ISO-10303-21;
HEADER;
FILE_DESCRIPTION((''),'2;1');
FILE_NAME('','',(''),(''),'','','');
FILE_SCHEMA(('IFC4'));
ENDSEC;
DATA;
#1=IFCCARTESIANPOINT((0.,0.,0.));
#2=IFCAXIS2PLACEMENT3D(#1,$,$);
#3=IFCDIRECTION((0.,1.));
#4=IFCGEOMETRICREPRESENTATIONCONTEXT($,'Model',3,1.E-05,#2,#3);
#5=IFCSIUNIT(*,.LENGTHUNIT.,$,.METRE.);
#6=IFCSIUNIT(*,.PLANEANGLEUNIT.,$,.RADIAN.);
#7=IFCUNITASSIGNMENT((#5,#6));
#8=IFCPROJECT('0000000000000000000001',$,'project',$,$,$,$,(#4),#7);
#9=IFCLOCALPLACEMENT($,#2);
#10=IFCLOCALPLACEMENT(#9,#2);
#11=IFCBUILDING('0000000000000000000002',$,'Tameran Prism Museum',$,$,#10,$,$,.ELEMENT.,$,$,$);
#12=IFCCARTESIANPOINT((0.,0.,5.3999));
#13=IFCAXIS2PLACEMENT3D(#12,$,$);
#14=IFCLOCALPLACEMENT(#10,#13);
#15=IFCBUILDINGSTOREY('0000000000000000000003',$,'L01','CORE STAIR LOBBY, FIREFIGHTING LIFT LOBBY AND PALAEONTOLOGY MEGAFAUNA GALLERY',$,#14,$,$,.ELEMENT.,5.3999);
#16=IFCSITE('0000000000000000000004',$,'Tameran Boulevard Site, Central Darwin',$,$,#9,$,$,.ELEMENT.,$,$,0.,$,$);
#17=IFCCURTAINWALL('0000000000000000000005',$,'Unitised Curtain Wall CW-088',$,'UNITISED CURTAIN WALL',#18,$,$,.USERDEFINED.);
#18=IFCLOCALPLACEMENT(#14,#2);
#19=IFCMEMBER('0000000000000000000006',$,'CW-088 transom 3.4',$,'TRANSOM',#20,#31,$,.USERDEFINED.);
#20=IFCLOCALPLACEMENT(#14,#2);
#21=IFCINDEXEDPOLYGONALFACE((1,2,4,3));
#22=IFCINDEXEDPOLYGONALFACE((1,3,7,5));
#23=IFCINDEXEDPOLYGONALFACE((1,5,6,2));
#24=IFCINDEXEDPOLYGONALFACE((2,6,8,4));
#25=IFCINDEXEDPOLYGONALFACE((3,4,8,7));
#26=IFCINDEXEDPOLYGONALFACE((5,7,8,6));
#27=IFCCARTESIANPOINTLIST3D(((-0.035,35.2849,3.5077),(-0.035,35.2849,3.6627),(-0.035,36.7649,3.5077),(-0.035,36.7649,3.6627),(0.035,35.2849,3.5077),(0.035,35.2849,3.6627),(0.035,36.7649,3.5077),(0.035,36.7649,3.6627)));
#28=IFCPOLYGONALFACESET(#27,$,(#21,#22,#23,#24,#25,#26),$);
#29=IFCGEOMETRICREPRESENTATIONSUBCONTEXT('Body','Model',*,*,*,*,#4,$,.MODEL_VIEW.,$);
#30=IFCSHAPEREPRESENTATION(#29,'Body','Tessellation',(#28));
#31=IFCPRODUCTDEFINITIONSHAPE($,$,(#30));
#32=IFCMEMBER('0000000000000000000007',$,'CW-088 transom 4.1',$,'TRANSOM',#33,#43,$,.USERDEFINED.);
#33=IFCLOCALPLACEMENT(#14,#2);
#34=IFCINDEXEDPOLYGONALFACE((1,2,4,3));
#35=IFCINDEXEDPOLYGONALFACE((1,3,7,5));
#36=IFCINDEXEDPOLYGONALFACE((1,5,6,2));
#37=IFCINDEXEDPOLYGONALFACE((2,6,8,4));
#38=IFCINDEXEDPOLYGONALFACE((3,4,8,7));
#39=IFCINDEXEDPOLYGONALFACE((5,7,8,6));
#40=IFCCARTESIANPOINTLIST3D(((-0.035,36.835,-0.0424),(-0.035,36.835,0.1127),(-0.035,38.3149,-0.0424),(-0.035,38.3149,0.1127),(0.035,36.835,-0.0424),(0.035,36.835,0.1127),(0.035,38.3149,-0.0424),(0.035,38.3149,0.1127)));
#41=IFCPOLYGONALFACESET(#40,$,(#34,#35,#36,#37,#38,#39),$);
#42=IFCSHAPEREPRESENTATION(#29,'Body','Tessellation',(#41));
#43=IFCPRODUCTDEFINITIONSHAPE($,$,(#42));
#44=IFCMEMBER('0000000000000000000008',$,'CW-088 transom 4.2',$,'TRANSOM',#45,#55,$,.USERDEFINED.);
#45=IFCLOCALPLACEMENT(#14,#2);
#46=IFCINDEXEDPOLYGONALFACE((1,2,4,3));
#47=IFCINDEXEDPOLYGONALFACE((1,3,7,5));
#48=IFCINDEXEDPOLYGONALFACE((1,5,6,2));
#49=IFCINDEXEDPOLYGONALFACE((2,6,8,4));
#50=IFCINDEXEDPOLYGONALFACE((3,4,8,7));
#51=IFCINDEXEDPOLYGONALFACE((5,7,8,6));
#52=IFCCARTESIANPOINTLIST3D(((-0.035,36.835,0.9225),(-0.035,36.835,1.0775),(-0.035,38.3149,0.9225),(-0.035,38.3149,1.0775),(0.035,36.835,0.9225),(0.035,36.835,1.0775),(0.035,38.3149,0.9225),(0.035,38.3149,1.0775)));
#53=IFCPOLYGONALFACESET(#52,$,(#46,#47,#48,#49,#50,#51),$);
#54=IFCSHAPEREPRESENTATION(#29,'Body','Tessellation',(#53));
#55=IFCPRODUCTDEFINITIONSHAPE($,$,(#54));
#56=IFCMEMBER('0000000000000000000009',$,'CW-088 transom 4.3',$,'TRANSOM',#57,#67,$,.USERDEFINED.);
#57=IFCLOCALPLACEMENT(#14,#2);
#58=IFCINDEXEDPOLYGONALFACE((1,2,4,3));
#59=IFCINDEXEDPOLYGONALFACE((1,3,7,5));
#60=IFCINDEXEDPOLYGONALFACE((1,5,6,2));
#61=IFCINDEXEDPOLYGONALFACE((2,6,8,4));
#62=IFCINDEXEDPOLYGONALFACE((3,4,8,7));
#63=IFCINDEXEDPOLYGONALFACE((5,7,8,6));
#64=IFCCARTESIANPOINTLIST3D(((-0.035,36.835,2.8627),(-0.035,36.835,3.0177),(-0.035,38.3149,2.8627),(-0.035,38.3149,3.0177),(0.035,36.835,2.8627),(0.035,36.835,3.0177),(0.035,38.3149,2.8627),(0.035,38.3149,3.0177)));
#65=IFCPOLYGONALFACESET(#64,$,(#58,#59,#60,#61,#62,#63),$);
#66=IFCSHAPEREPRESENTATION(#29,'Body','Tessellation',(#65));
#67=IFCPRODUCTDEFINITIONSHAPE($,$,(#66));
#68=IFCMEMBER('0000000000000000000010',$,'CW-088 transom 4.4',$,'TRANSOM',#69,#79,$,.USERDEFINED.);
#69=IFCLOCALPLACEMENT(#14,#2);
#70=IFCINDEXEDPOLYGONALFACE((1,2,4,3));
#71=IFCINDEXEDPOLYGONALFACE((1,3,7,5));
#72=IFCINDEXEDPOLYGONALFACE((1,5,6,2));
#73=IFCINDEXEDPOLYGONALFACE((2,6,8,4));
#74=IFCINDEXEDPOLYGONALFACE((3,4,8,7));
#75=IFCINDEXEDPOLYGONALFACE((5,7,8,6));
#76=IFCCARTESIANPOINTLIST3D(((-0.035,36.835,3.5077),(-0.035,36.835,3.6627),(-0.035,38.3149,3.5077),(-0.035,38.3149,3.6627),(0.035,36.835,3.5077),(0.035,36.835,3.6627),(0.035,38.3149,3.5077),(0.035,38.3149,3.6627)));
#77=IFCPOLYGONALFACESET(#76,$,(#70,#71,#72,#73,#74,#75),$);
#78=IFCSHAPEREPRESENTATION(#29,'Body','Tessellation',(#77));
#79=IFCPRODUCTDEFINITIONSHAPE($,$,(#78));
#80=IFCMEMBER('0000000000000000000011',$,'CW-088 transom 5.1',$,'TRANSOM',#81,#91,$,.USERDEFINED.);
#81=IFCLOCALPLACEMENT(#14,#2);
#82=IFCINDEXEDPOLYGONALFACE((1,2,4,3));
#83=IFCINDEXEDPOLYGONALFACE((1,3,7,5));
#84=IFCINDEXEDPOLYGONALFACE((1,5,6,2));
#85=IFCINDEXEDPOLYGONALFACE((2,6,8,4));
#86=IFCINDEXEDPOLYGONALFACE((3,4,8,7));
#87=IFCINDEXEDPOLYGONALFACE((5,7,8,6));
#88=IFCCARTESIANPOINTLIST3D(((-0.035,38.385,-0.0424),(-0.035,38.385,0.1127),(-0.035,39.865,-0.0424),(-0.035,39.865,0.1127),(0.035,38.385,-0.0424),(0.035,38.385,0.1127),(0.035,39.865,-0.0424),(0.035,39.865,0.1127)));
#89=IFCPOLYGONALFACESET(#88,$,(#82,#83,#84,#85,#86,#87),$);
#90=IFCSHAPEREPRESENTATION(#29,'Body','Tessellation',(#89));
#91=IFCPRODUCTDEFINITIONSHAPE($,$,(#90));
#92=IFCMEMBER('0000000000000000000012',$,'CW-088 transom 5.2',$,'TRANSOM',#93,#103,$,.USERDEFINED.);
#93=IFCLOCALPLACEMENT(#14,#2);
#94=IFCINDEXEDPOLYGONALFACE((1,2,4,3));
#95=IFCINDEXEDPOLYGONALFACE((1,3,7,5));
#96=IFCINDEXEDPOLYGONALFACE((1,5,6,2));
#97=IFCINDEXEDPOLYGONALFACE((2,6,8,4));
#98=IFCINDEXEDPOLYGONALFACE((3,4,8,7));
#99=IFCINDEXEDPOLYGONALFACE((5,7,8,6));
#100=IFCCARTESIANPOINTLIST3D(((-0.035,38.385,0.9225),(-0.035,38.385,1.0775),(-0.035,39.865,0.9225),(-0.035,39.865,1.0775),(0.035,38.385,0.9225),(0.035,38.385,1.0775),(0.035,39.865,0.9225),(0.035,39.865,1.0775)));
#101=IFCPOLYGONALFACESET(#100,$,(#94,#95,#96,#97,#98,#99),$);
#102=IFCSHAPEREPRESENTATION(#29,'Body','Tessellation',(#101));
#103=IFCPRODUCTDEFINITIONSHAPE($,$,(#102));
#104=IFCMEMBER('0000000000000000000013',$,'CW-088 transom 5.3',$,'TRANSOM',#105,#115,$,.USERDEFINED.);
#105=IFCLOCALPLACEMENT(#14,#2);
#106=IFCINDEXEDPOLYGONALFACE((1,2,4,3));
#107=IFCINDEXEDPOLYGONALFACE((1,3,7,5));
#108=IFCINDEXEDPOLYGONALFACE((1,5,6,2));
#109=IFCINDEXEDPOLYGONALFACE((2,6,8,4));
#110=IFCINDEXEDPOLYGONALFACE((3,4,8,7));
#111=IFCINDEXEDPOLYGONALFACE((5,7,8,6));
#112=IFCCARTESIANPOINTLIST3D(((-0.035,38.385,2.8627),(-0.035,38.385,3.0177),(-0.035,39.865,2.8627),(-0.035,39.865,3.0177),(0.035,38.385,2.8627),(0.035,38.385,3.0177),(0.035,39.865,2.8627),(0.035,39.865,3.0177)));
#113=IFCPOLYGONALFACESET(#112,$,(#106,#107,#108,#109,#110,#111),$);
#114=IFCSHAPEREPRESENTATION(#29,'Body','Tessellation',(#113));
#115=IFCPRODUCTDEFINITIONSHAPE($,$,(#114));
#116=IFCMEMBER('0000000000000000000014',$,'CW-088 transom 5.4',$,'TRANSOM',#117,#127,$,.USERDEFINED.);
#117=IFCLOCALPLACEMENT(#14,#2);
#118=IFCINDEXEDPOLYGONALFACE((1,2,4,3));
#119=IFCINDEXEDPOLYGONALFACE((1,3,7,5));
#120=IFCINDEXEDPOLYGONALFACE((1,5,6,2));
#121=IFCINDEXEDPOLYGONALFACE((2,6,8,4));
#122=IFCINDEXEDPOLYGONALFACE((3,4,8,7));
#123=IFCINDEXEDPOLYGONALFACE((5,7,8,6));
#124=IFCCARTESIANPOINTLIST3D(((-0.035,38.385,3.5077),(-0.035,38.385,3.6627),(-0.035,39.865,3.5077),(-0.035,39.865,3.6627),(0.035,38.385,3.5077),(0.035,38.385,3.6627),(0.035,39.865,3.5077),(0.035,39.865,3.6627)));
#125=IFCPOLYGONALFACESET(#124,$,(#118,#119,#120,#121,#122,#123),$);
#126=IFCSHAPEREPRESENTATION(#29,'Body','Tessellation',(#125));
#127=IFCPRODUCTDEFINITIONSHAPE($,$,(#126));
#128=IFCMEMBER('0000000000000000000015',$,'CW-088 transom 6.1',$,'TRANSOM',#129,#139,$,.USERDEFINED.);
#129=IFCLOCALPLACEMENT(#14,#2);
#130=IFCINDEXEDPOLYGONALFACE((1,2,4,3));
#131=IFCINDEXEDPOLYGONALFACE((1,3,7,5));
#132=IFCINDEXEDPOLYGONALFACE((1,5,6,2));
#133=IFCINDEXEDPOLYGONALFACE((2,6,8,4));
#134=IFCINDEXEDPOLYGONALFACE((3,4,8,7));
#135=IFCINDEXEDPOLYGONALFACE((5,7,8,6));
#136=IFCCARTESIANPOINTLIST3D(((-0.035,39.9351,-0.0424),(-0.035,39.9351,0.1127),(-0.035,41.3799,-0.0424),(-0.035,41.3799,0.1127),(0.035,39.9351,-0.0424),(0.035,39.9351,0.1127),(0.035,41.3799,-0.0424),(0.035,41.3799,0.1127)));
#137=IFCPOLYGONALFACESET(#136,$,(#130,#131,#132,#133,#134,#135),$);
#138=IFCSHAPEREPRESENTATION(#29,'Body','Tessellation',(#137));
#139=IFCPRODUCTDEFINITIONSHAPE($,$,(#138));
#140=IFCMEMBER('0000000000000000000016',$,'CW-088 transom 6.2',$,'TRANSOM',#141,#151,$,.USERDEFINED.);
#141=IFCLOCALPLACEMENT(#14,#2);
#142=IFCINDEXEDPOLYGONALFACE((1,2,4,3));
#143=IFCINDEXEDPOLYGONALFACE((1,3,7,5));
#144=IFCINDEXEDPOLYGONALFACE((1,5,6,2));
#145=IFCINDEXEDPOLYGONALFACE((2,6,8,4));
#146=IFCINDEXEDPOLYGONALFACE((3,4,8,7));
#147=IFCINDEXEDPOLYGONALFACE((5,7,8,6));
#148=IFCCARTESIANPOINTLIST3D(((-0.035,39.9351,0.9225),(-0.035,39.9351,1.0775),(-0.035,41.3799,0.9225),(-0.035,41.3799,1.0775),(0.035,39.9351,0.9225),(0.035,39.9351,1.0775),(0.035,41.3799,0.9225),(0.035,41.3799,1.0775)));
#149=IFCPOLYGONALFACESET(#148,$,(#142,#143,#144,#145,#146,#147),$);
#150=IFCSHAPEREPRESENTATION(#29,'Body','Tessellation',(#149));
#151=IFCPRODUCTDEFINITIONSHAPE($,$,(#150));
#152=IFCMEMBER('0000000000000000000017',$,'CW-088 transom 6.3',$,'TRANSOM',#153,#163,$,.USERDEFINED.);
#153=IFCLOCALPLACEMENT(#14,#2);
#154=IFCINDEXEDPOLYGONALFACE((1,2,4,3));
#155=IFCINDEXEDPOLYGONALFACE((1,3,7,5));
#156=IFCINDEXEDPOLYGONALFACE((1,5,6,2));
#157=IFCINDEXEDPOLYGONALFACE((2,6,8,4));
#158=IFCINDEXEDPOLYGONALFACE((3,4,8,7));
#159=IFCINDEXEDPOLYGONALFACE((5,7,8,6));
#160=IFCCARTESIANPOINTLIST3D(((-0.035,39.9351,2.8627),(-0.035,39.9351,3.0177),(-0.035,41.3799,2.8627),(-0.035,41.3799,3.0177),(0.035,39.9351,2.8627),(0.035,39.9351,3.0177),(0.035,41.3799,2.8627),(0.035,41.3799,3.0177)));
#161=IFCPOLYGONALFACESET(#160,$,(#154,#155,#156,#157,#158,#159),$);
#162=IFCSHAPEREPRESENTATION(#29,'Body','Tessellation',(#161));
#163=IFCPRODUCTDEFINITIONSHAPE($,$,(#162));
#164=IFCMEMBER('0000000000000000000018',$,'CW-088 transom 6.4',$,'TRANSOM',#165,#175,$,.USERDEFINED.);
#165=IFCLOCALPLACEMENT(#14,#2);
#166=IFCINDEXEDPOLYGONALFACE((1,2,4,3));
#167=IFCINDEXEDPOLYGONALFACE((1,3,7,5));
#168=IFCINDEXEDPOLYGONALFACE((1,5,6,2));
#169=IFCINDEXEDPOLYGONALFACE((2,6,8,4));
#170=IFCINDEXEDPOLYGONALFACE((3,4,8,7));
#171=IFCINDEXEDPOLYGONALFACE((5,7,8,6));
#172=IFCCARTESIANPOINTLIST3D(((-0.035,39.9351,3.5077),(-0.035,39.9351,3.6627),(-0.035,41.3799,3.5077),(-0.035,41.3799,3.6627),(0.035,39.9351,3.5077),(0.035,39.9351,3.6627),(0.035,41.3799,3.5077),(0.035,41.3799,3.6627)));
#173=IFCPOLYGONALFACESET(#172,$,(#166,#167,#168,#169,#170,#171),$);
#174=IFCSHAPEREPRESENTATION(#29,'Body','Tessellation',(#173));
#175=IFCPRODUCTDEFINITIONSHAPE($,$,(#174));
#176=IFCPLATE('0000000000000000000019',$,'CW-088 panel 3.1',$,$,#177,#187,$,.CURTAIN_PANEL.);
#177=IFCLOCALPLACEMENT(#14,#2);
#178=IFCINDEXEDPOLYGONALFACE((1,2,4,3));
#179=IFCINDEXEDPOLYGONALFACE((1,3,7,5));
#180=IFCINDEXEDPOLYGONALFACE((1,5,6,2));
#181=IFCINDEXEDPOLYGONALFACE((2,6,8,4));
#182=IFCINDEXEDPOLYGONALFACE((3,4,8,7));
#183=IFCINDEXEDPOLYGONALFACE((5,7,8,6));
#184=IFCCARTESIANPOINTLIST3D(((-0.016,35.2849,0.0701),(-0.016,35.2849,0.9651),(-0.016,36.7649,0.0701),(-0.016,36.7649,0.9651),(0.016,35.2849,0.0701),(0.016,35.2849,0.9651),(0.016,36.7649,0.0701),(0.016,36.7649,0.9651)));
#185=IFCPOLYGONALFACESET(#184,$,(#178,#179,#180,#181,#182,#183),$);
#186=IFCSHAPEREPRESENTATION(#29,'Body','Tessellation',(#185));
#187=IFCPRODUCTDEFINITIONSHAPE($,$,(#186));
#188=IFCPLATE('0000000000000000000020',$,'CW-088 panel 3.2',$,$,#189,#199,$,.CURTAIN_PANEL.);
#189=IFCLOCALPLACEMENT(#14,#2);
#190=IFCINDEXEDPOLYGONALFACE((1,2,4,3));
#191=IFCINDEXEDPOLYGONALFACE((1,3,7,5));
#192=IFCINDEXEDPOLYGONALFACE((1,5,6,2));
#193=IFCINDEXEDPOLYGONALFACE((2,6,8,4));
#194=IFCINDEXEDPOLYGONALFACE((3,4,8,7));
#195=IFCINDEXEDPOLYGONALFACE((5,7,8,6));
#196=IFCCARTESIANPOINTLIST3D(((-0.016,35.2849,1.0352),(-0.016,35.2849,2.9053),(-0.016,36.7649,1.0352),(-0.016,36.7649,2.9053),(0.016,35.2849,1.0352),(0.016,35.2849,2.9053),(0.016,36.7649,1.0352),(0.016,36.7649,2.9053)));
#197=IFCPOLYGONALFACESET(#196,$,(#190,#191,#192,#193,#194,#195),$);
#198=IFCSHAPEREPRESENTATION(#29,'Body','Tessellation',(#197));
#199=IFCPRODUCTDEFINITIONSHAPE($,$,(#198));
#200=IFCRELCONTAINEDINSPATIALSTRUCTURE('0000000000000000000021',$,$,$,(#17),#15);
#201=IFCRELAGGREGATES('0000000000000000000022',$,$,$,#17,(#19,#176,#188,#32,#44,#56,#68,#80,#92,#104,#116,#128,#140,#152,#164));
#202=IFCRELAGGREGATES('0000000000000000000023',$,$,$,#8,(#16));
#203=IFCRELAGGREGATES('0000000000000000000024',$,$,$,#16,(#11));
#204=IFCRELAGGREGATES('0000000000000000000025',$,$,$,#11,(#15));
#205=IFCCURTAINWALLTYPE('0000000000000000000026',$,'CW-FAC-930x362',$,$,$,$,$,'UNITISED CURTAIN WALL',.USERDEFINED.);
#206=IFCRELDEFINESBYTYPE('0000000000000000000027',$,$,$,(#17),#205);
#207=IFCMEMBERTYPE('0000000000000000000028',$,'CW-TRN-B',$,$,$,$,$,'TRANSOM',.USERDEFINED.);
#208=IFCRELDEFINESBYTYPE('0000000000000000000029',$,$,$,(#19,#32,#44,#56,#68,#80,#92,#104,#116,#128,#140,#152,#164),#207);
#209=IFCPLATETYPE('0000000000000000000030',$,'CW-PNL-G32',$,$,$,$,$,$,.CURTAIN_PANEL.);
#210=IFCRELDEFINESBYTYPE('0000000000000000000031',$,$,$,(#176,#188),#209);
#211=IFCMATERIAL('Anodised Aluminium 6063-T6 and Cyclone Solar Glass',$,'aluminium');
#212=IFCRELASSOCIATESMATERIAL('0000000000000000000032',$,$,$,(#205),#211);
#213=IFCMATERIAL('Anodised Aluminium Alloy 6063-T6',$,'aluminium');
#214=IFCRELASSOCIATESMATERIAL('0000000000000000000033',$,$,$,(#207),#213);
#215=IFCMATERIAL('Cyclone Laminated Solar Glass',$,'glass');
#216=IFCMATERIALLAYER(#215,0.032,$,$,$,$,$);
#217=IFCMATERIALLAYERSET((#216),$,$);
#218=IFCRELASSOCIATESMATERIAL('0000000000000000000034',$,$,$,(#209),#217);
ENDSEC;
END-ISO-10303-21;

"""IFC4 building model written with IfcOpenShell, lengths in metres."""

from ifc_helpers import new_model, si_unit, direction, frame, origin, origin_2d, place, context, subcontext, project, spatial, rectangle, extrude, material, layer, layer_set, material_profile, profile_set, type_object, element, aggregate, save


model = new_model("IFC4")

# Units and contexts
model_context = context("Model", 3, precision=1e-05, world=origin(), true_north=direction((0.0, 1.0)))
body_context = subcontext(model_context, "Body", "Model", "MODEL_VIEW")
ifc_project = project(units=[si_unit("LENGTHUNIT", "METRE"), si_unit("PLANEANGLEUNIT", "RADIAN")], contexts=[model_context])

# Site, building, storey
site_placement = place(None, origin())
site = spatial("IfcSite", under=ifc_project, at=site_placement, Name="Tameran Boulevard Site, Central Darwin", CompositionType="ELEMENT", RefElevation=0.0)
building_placement = place(site_placement, origin())
building = spatial("IfcBuilding", under=site, at=building_placement, Name="Tameran Prism Museum", CompositionType="ELEMENT")
storey_placement = place(building_placement, frame((0.0, 0.0, 5.3999)))
storey = spatial("IfcBuildingStorey", under=building, at=storey_placement, Name="L01", Description="CORE STAIR LOBBY, FIREFIGHTING LIFT LOBBY AND PALAEONTOLOGY MEGAFAUNA GALLERY", CompositionType="ELEMENT", Elevation=5.3999)

# Curtain wall, members, plates
ifc_material_1 = material(Name="Anodised Aluminium 6063-T6 and Cyclone Solar Glass", Category="aluminium")
curtain_wall_type = type_object("IfcCurtainWallType", Name="CW-FAC-930x362", ElementType="UNITISED CURTAIN WALL", PredefinedType="USERDEFINED", material=ifc_material_1)
curtain_wall_placement = place(storey_placement, origin())
curtain_wall = element("IfcCurtainWall", 1, at=curtain_wall_placement, inside=storey, type_object=curtain_wall_type, Name="Unitised Curtain Wall CW-088", ObjectType="UNITISED CURTAIN WALL", PredefinedType="USERDEFINED")
ifc_material_2 = material(Name="Anodised Aluminium Alloy 6063-T6", Category="aluminium")
ifc_material_profile_1 = material_profile(ifc_material_2, rectangle(XDim=0.0701, YDim=0.155, at=origin_2d()))
ifc_profile_set_1 = profile_set([ifc_material_profile_1])
member_type_1 = type_object("IfcMemberType", Name="CW-TRN-B", ElementType="TRANSOM", PredefinedType="USERDEFINED", material=ifc_profile_set_1)
member_1_placement = place(storey_placement, frame((0.0, 35.2849, 3.5852), z_axis=(0.0, 1.0, 0.0), x_axis=(-1.0, 0.0, 0.0)))
member_1 = element("IfcMember", 2, at=member_1_placement, type_object=member_type_1, Name="CW-088 transom 3.4", ObjectType="TRANSOM", PredefinedType="USERDEFINED", context=body_context, shape_type="SweptSolid", body=[
    extrude(rectangle(XDim=0.0701, YDim=0.155, at=origin_2d()), origin(), (0.0, 0.0, 1.0), 1.48),
])
member_2_placement = place(storey_placement, frame((0.0, 36.835, 0.0352), z_axis=(0.0, 1.0, 0.0), x_axis=(-1.0, 0.0, 0.0)))
member_2 = element("IfcMember", 3, at=member_2_placement, type_object=member_type_1, Name="CW-088 transom 4.1", ObjectType="TRANSOM", PredefinedType="USERDEFINED", context=body_context, shape_type="SweptSolid", body=[
    extrude(rectangle(XDim=0.0701, YDim=0.155, at=origin_2d()), origin(), (0.0, 0.0, 1.0), 1.48),
])
member_3_placement = place(storey_placement, frame((0.0, 36.835, 1.0), z_axis=(0.0, 1.0, 0.0), x_axis=(-1.0, 0.0, 0.0)))
member_3 = element("IfcMember", 4, at=member_3_placement, type_object=member_type_1, Name="CW-088 transom 4.2", ObjectType="TRANSOM", PredefinedType="USERDEFINED", context=body_context, shape_type="SweptSolid", body=[
    extrude(rectangle(XDim=0.0701, YDim=0.155, at=origin_2d()), origin(), (0.0, 0.0, 1.0), 1.48),
])
member_4_placement = place(storey_placement, frame((0.0, 36.835, 2.9402), z_axis=(0.0, 1.0, 0.0), x_axis=(-1.0, 0.0, 0.0)))
member_4 = element("IfcMember", 5, at=member_4_placement, type_object=member_type_1, Name="CW-088 transom 4.3", ObjectType="TRANSOM", PredefinedType="USERDEFINED", context=body_context, shape_type="SweptSolid", body=[
    extrude(rectangle(XDim=0.0701, YDim=0.155, at=origin_2d()), origin(), (0.0, 0.0, 1.0), 1.48),
])
member_5_placement = place(storey_placement, frame((0.0, 36.835, 3.5852), z_axis=(0.0, 1.0, 0.0), x_axis=(-1.0, 0.0, 0.0)))
member_5 = element("IfcMember", 6, at=member_5_placement, type_object=member_type_1, Name="CW-088 transom 4.4", ObjectType="TRANSOM", PredefinedType="USERDEFINED", context=body_context, shape_type="SweptSolid", body=[
    extrude(rectangle(XDim=0.0701, YDim=0.155, at=origin_2d()), origin(), (0.0, 0.0, 1.0), 1.48),
])
member_6_placement = place(storey_placement, frame((0.0, 38.385, 0.0352), z_axis=(0.0, 1.0, 0.0), x_axis=(-1.0, 0.0, 0.0)))
member_6 = element("IfcMember", 7, at=member_6_placement, type_object=member_type_1, Name="CW-088 transom 5.1", ObjectType="TRANSOM", PredefinedType="USERDEFINED", context=body_context, shape_type="SweptSolid", body=[
    extrude(rectangle(XDim=0.0701, YDim=0.155, at=origin_2d()), origin(), (0.0, 0.0, 1.0), 1.48),
])
member_7_placement = place(storey_placement, frame((0.0, 38.385, 1.0), z_axis=(0.0, 1.0, 0.0), x_axis=(-1.0, 0.0, 0.0)))
member_7 = element("IfcMember", 8, at=member_7_placement, type_object=member_type_1, Name="CW-088 transom 5.2", ObjectType="TRANSOM", PredefinedType="USERDEFINED", context=body_context, shape_type="SweptSolid", body=[
    extrude(rectangle(XDim=0.0701, YDim=0.155, at=origin_2d()), origin(), (0.0, 0.0, 1.0), 1.48),
])
member_8_placement = place(storey_placement, frame((0.0, 38.385, 2.9402), z_axis=(0.0, 1.0, 0.0), x_axis=(-1.0, 0.0, 0.0)))
member_8 = element("IfcMember", 9, at=member_8_placement, type_object=member_type_1, Name="CW-088 transom 5.3", ObjectType="TRANSOM", PredefinedType="USERDEFINED", context=body_context, shape_type="SweptSolid", body=[
    extrude(rectangle(XDim=0.0701, YDim=0.155, at=origin_2d()), origin(), (0.0, 0.0, 1.0), 1.48),
])
member_9_placement = place(storey_placement, frame((0.0, 38.385, 3.5852), z_axis=(0.0, 1.0, 0.0), x_axis=(-1.0, 0.0, 0.0)))
member_9 = element("IfcMember", 10, at=member_9_placement, type_object=member_type_1, Name="CW-088 transom 5.4", ObjectType="TRANSOM", PredefinedType="USERDEFINED", context=body_context, shape_type="SweptSolid", body=[
    extrude(rectangle(XDim=0.0701, YDim=0.155, at=origin_2d()), origin(), (0.0, 0.0, 1.0), 1.48),
])
member_10_placement = place(storey_placement, frame((0.0, 39.9351, 0.0352), z_axis=(0.0, 1.0, 0.0), x_axis=(-1.0, 0.0, 0.0)))
member_10 = element("IfcMember", 11, at=member_10_placement, type_object=member_type_1, Name="CW-088 transom 6.1", ObjectType="TRANSOM", PredefinedType="USERDEFINED", context=body_context, shape_type="SweptSolid", body=[
    extrude(rectangle(XDim=0.0701, YDim=0.155, at=origin_2d()), origin(), (0.0, 0.0, 1.0), 1.4448),
])
member_11_placement = place(storey_placement, frame((0.0, 39.9351, 1.0), z_axis=(0.0, 1.0, 0.0), x_axis=(-1.0, 0.0, 0.0)))
member_11 = element("IfcMember", 12, at=member_11_placement, type_object=member_type_1, Name="CW-088 transom 6.2", ObjectType="TRANSOM", PredefinedType="USERDEFINED", context=body_context, shape_type="SweptSolid", body=[
    extrude(rectangle(XDim=0.0701, YDim=0.155, at=origin_2d()), origin(), (0.0, 0.0, 1.0), 1.4448),
])
member_12_placement = place(storey_placement, frame((0.0, 39.9351, 2.9402), z_axis=(0.0, 1.0, 0.0), x_axis=(-1.0, 0.0, 0.0)))
member_12 = element("IfcMember", 13, at=member_12_placement, type_object=member_type_1, Name="CW-088 transom 6.3", ObjectType="TRANSOM", PredefinedType="USERDEFINED", context=body_context, shape_type="SweptSolid", body=[
    extrude(rectangle(XDim=0.0701, YDim=0.155, at=origin_2d()), origin(), (0.0, 0.0, 1.0), 1.4448),
])
member_13_placement = place(storey_placement, frame((0.0, 39.9351, 3.5852), z_axis=(0.0, 1.0, 0.0), x_axis=(-1.0, 0.0, 0.0)))
member_13 = element("IfcMember", 14, at=member_13_placement, type_object=member_type_1, Name="CW-088 transom 6.4", ObjectType="TRANSOM", PredefinedType="USERDEFINED", context=body_context, shape_type="SweptSolid", body=[
    extrude(rectangle(XDim=0.0701, YDim=0.155, at=origin_2d()), origin(), (0.0, 0.0, 1.0), 1.4448),
])
ifc_material_3 = material(Name="Cyclone Laminated Solar Glass", Category="glass")
ifc_layer = layer(ifc_material_3, 0.032)
ifc_layer_set = layer_set([ifc_layer])
plate_type = type_object("IfcPlateType", Name="CW-PNL-G32", PredefinedType="CURTAIN_PANEL", material=ifc_layer_set)
plate_1_placement = place(storey_placement, frame((0.0, 36.0249, 0.0701), z_axis=(0.0, 0.0, 1.0), x_axis=(0.0, 1.0, 0.0)))
plate_1 = element("IfcPlate", 15, at=plate_1_placement, type_object=plate_type, Name="CW-088 panel 3.1", PredefinedType="CURTAIN_PANEL", context=body_context, shape_type="SweptSolid", body=[
    extrude(rectangle(XDim=1.48, YDim=0.032, at=origin_2d()), origin(), (0.0, 0.0, 1.0), 0.895),
])
plate_2_placement = place(storey_placement, frame((0.0, 36.0249, 1.0352), z_axis=(0.0, 0.0, 1.0), x_axis=(0.0, 1.0, 0.0)))
plate_2 = element("IfcPlate", 16, at=plate_2_placement, type_object=plate_type, Name="CW-088 panel 3.2", PredefinedType="CURTAIN_PANEL", context=body_context, shape_type="SweptSolid", body=[
    extrude(rectangle(XDim=1.48, YDim=0.032, at=origin_2d()), origin(), (0.0, 0.0, 1.0), 1.8701),
])
aggregate(curtain_wall, [member_1, plate_1, plate_2, member_2, member_3, member_4, member_5, member_6, member_7, member_8, member_9, member_10, member_11, member_12, member_13])

save(model, "model.ifc")
